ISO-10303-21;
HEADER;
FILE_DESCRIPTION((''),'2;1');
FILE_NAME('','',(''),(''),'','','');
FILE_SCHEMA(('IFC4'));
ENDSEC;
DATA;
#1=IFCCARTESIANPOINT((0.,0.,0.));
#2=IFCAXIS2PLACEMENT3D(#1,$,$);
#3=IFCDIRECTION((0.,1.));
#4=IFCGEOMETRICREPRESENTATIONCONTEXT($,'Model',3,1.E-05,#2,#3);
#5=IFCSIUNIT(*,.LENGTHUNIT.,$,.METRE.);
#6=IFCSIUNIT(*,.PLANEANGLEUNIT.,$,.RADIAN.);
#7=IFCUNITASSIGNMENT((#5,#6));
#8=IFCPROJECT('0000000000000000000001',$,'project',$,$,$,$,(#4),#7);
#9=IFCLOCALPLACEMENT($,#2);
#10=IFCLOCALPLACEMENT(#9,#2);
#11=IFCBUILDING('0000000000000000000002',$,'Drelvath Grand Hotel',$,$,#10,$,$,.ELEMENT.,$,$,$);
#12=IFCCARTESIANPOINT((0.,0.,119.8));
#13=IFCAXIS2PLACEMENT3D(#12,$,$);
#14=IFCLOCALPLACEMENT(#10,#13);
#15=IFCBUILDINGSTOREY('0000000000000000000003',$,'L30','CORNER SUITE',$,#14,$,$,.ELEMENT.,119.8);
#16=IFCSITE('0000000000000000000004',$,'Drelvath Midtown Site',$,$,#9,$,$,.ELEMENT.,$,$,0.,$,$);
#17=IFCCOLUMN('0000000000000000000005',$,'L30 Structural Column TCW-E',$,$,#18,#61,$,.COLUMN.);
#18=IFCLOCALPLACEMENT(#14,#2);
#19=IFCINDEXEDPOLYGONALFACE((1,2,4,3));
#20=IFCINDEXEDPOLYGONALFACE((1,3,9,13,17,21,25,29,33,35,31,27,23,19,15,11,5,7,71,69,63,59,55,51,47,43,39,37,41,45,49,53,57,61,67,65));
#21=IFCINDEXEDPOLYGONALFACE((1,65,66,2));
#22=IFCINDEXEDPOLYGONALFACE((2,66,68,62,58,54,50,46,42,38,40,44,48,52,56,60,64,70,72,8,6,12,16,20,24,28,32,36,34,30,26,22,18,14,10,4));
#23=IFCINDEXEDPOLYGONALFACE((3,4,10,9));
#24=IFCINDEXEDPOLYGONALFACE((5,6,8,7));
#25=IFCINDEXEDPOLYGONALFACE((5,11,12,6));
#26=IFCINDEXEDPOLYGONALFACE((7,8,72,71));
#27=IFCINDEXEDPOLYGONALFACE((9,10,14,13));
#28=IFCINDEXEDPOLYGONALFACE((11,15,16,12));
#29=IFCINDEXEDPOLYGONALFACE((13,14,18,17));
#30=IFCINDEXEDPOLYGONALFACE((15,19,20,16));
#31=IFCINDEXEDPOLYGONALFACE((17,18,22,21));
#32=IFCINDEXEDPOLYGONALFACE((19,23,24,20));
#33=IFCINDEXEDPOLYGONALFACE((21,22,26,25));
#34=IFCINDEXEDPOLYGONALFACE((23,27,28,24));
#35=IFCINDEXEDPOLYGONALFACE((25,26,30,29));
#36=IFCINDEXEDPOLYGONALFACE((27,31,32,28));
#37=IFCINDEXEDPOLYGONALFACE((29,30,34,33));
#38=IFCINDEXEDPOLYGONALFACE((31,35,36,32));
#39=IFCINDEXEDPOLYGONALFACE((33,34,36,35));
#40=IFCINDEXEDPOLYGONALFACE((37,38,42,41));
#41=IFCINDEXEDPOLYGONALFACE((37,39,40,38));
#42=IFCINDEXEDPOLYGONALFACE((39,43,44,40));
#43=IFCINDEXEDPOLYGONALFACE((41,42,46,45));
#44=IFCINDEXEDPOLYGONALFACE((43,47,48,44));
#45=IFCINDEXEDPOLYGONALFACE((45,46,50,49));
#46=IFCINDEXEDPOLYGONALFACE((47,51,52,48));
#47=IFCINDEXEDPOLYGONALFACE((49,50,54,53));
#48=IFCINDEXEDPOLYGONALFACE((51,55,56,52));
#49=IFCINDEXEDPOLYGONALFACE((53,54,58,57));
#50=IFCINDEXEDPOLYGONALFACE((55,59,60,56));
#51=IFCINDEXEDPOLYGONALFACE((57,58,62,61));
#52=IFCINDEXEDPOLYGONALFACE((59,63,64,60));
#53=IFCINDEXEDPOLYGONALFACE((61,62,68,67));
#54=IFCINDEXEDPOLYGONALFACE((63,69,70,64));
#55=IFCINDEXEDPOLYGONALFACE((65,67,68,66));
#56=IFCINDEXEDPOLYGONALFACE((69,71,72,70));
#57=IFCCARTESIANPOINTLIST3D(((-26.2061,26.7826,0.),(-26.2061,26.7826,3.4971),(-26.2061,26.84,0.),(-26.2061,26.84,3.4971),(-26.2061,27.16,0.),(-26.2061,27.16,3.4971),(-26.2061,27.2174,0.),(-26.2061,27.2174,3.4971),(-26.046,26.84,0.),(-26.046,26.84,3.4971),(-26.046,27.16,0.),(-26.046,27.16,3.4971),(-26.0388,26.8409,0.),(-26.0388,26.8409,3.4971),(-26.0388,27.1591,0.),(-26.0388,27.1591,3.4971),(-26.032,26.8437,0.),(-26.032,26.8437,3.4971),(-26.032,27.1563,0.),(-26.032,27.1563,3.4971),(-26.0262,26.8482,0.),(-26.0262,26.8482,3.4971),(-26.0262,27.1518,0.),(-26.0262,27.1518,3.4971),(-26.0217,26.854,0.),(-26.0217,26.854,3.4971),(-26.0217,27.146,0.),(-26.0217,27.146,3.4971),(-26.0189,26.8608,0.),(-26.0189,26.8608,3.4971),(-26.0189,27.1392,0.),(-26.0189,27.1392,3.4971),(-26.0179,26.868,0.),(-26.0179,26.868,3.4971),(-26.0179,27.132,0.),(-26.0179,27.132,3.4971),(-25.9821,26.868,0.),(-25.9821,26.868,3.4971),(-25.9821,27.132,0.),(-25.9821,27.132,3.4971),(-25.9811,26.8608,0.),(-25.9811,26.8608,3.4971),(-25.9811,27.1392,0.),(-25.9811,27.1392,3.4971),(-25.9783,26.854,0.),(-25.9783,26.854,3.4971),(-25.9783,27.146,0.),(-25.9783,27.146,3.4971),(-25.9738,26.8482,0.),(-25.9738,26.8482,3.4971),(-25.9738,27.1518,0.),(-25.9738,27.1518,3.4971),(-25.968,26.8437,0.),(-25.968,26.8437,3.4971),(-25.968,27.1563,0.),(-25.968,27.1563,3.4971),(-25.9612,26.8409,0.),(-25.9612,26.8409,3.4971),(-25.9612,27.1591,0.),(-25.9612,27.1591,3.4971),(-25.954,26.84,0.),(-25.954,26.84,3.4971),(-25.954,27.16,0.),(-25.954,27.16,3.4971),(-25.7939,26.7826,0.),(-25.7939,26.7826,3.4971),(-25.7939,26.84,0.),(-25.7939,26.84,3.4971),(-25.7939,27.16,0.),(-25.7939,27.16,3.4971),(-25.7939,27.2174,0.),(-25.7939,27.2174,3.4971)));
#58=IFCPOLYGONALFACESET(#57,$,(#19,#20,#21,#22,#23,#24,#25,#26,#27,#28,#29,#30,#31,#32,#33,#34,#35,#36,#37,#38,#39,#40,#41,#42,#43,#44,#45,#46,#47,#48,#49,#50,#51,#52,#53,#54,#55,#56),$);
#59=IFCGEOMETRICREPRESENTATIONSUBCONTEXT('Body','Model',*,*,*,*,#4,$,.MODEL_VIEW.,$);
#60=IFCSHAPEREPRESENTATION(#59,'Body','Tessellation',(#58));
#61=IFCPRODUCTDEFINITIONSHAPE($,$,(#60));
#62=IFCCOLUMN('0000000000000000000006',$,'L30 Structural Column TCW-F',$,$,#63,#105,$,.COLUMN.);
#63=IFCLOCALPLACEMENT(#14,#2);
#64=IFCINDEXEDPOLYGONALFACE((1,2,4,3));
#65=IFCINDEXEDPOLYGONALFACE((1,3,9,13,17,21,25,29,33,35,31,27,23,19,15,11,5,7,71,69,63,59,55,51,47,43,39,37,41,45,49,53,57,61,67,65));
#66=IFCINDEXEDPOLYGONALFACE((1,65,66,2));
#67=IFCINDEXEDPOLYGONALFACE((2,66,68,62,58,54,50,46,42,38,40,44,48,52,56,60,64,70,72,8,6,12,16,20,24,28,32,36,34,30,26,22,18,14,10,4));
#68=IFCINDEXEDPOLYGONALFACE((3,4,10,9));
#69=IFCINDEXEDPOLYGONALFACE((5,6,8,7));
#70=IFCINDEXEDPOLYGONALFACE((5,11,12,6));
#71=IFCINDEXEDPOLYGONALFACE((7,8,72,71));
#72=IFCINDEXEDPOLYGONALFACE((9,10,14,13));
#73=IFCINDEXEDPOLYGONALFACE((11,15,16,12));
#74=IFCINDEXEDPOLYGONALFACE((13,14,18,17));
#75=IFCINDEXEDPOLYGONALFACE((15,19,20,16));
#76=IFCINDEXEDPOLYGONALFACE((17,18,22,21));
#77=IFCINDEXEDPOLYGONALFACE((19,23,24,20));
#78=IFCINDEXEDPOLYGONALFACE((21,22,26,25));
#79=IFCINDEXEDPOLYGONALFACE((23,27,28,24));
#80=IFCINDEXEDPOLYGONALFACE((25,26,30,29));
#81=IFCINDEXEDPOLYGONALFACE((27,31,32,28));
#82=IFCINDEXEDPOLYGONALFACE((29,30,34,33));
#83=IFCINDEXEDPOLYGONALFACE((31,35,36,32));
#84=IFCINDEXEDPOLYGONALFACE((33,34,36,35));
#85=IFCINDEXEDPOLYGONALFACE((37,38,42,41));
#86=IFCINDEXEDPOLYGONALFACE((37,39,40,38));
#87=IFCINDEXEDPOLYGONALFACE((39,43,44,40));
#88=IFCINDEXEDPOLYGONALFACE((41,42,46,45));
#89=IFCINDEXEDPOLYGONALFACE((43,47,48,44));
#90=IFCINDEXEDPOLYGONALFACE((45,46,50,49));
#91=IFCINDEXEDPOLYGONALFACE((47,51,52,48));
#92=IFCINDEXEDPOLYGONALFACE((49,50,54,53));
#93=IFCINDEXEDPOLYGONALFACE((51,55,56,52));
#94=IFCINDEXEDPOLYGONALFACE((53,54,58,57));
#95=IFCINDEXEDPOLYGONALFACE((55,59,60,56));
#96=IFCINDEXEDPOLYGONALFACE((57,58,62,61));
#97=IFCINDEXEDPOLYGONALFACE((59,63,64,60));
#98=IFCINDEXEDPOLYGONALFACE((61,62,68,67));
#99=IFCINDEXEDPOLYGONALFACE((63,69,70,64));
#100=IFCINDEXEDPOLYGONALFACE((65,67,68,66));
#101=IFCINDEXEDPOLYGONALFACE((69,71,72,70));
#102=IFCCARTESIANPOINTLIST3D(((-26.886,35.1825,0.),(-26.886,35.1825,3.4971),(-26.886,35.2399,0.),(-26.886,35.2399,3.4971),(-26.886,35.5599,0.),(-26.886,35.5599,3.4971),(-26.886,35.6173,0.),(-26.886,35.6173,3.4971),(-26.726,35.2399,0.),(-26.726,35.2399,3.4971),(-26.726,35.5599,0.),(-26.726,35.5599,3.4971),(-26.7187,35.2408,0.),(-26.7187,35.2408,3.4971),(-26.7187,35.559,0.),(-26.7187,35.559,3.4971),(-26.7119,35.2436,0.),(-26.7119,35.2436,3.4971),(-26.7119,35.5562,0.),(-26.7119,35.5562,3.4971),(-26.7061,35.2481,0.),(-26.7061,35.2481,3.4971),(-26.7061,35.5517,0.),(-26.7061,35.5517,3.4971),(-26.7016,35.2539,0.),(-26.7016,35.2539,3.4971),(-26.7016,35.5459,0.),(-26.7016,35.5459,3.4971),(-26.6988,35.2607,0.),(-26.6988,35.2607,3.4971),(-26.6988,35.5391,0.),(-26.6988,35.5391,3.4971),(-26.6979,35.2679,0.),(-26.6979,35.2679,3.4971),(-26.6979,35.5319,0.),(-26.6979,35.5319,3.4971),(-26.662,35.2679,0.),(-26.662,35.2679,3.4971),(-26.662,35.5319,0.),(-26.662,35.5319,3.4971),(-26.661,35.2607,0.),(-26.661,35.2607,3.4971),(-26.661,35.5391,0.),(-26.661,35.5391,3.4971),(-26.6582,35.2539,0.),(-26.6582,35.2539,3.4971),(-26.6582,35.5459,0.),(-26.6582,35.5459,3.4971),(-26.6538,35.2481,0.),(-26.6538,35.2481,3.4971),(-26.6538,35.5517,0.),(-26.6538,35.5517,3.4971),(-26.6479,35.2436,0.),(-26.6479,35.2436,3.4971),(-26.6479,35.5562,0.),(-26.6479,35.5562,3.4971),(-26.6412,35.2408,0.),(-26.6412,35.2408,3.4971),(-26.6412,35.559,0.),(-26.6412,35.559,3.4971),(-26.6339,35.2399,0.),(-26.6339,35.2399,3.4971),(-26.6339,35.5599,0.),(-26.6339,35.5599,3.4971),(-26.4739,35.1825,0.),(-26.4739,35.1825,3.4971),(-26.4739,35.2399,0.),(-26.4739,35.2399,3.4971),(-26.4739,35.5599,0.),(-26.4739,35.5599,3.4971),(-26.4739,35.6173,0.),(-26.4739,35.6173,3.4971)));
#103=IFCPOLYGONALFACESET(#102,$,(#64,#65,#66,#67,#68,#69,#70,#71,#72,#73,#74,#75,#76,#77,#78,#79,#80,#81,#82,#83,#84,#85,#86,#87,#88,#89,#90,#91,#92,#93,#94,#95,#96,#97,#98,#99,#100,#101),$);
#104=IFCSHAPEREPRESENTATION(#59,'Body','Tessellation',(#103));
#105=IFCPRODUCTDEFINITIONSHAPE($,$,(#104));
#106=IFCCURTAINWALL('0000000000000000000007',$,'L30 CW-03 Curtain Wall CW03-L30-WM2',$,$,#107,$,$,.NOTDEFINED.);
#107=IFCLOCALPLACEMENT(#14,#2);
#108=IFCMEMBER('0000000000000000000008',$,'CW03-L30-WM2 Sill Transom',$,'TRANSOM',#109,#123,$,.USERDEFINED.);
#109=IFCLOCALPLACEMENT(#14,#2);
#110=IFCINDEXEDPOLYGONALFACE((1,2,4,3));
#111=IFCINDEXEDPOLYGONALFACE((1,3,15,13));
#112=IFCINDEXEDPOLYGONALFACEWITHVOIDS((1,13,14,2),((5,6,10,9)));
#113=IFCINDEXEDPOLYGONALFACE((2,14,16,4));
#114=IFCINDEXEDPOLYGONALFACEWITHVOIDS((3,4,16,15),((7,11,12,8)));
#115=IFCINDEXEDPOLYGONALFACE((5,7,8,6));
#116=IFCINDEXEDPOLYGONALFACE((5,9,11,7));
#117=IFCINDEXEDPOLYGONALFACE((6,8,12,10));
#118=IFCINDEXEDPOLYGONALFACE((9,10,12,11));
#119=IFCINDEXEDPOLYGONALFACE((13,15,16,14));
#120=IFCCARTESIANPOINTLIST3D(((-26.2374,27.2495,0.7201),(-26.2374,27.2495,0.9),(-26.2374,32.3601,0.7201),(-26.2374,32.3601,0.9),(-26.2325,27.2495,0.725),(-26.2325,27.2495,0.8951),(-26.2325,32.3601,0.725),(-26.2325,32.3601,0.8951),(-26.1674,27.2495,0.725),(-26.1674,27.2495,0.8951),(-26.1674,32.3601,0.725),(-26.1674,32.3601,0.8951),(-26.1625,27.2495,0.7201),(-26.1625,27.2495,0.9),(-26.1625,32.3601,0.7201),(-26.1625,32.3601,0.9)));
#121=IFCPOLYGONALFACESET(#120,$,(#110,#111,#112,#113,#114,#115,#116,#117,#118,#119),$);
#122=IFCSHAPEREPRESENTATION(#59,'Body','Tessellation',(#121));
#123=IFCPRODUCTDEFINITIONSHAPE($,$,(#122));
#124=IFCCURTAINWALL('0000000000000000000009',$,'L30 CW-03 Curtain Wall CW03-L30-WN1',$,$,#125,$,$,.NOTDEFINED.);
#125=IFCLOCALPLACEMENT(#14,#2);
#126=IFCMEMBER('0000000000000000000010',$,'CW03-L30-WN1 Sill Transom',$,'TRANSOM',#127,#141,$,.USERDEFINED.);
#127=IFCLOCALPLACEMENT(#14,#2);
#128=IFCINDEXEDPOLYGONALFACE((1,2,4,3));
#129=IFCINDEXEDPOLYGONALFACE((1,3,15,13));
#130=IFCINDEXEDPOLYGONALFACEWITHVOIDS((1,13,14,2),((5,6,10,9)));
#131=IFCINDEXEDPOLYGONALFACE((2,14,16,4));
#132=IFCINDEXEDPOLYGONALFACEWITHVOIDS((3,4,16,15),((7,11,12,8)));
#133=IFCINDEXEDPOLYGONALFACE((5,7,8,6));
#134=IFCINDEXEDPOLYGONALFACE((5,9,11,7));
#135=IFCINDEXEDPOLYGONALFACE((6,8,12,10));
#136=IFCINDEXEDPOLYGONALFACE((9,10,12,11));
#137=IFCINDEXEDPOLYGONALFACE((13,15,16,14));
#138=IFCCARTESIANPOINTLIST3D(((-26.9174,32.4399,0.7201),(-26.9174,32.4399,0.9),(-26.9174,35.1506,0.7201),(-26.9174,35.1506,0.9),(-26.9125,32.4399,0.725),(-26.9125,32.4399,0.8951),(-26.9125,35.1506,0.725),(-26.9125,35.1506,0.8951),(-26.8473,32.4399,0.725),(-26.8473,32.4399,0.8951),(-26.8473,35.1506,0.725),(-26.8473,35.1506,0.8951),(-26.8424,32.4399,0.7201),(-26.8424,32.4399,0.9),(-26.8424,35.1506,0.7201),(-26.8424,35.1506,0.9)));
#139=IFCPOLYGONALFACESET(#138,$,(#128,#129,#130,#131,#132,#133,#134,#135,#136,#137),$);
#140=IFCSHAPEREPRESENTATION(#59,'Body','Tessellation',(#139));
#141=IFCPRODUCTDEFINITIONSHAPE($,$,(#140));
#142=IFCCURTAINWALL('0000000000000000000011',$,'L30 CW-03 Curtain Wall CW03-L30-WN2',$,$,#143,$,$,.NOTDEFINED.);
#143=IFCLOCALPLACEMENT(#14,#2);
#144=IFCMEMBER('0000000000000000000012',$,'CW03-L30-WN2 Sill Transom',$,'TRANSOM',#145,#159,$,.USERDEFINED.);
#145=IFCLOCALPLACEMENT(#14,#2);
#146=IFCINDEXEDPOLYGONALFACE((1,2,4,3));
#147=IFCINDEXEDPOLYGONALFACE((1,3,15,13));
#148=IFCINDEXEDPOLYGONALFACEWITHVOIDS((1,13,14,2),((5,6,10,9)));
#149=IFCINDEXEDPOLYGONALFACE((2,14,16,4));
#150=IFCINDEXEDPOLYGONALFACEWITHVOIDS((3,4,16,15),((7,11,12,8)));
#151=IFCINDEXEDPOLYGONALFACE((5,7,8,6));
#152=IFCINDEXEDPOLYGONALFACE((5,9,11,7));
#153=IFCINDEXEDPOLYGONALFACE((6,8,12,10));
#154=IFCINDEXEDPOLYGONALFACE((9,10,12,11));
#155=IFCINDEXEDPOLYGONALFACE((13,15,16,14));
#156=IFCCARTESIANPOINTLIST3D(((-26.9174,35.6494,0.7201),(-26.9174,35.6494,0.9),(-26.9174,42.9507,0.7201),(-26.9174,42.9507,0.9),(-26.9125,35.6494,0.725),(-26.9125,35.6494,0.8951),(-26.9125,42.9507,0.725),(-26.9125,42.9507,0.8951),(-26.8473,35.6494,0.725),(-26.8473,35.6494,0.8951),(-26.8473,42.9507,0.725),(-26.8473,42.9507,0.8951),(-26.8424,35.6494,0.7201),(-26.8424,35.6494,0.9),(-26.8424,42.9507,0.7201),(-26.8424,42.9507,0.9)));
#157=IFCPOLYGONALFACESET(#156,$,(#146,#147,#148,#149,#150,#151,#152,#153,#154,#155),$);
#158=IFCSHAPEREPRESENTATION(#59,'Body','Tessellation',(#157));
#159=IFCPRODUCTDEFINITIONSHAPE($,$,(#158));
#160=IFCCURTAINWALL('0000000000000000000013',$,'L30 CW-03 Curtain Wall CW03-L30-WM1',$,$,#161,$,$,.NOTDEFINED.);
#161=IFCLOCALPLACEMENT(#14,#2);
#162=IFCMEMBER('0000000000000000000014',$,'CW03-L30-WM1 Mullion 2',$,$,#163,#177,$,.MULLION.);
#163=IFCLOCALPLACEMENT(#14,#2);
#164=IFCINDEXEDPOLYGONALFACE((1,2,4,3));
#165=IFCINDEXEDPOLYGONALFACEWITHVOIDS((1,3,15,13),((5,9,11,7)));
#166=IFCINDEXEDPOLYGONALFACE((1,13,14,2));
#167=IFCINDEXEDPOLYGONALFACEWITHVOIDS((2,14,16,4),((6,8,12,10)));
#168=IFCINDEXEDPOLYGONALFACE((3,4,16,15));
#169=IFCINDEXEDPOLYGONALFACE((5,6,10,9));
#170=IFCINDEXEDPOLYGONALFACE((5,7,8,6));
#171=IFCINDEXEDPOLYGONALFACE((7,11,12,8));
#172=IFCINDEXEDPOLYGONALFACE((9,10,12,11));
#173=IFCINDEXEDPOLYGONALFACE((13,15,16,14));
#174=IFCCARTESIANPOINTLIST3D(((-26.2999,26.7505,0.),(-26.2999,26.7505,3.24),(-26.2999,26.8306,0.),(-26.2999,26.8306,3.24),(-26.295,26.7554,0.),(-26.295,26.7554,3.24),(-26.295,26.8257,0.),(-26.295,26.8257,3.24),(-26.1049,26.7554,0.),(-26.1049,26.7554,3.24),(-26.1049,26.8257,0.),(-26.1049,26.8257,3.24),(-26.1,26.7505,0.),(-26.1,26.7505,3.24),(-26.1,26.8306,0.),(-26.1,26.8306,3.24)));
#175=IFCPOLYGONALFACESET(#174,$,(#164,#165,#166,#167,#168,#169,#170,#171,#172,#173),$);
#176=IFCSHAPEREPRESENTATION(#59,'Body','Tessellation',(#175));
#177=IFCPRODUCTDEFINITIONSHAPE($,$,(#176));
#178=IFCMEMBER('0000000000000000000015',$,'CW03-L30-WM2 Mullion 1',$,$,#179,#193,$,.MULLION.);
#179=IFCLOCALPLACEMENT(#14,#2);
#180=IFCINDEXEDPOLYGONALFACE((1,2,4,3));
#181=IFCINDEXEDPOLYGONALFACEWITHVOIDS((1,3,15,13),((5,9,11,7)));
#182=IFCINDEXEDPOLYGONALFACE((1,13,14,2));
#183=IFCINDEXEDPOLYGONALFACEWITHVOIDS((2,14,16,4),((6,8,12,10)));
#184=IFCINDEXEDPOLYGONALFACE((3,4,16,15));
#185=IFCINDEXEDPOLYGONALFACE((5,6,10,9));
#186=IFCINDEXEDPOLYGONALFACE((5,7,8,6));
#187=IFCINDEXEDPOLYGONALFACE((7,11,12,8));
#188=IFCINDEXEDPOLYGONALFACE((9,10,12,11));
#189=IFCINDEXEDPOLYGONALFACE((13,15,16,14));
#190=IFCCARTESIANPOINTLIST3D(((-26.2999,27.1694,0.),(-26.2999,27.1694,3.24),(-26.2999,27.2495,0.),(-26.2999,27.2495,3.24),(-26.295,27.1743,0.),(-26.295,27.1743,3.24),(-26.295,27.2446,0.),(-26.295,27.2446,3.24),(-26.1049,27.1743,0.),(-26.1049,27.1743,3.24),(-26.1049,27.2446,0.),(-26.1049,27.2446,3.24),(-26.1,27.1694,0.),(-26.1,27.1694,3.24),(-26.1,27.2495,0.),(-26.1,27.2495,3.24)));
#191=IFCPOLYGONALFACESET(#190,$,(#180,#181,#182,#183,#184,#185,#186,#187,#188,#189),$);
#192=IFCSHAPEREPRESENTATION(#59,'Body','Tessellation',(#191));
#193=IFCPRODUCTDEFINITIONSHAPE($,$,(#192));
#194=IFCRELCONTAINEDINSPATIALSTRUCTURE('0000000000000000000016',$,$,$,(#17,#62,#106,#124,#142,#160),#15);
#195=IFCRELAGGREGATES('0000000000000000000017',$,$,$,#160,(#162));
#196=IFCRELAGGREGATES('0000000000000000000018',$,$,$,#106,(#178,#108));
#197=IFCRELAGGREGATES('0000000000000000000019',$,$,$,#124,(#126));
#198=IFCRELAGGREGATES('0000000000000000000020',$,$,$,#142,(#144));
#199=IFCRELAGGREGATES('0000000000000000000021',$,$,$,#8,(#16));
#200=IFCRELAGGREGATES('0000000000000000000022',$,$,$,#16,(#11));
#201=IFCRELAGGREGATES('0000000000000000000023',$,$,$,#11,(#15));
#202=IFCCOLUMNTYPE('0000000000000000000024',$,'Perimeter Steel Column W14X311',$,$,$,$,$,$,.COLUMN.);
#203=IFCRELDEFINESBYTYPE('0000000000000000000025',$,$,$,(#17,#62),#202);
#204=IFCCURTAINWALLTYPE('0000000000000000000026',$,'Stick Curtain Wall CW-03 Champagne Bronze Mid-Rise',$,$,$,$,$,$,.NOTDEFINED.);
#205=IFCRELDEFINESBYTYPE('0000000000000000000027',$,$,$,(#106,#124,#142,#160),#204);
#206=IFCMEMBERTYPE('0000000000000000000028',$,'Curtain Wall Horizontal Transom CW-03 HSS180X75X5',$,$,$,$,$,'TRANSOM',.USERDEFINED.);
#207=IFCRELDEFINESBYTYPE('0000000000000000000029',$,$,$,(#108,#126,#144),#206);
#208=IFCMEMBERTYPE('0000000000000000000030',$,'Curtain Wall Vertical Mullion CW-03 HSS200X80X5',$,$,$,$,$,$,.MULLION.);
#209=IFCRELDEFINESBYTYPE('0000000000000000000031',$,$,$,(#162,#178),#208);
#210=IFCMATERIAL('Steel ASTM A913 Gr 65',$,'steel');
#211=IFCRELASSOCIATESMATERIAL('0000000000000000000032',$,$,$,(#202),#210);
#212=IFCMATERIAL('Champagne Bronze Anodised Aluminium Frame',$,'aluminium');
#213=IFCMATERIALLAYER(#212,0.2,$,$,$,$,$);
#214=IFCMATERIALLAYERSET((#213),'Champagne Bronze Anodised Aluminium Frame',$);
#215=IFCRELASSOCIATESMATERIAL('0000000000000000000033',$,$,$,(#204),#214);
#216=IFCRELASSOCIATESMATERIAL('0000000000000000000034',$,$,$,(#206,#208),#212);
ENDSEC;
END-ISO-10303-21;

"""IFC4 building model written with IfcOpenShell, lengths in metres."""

from ifc_helpers import new_model, si_unit, direction, frame, origin, origin_2d, place, context, subcontext, project, spatial, hollow_rectangle, i_section, extrude, material, layer, layer_set, material_profile, profile_set, type_object, element, aggregate, save


model = new_model("IFC4")

# Units and contexts
model_context = context("Model", 3, precision=1e-05, world=origin(), true_north=direction((0.0, 1.0)))
body_context = subcontext(model_context, "Body", "Model", "MODEL_VIEW")
ifc_project = project(units=[si_unit("LENGTHUNIT", "METRE"), si_unit("PLANEANGLEUNIT", "RADIAN")], contexts=[model_context])

# Site, building, storey
site_placement = place(None, origin())
site = spatial("IfcSite", under=ifc_project, at=site_placement, Name="Drelvath Midtown Site", CompositionType="ELEMENT", RefElevation=0.0)
building_placement = place(site_placement, origin())
building = spatial("IfcBuilding", under=site, at=building_placement, Name="Drelvath Grand Hotel", CompositionType="ELEMENT")
storey_placement = place(building_placement, frame((0.0, 0.0, 119.8)))
storey = spatial("IfcBuildingStorey", under=building, at=storey_placement, Name="L30", Description="CORNER SUITE", CompositionType="ELEMENT", Elevation=119.8)

# Columns
ifc_material_1 = material(Name="Steel ASTM A913 Gr 65", Category="steel")
ifc_material_profile_1 = material_profile(ifc_material_1, i_section(OverallWidth=0.4121, OverallDepth=0.4348, WebThickness=0.0359, FlangeThickness=0.0574, FilletRadius=0.0281, at=origin_2d()), Name="W14X311")
ifc_profile_set_1 = profile_set([ifc_material_profile_1], Name="Steel ASTM A913 Gr 65")
column_type = type_object("IfcColumnType", Name="Perimeter Steel Column W14X311", PredefinedType="COLUMN", material=ifc_profile_set_1)
for number, where, z_axis, x_axis, name in (
    (1, (-26.0, 27.0, 0.0), (0.0, 0.0, 1.0), (1.0, 0.0, 0.0), "L30 Structural Column TCW-E"),
    (2, (-26.6799, 35.3999, 0.0), (0.0, 0.0, 1.0), (1.0, 0.0, 0.0), "L30 Structural Column TCW-F"),
):
    element("IfcColumn", number, at=place(storey_placement, frame(where, z_axis=z_axis, x_axis=x_axis)), inside=storey, type_object=column_type, Name=name, PredefinedType="COLUMN", context=body_context, shape_type="SweptSolid", body=[
        extrude(i_section(OverallWidth=0.4121, OverallDepth=0.4348, WebThickness=0.0359, FlangeThickness=0.0574, FilletRadius=0.0281, at=origin_2d()), origin(), (0.0, 0.0, 1.0), 3.4971),
    ])

# Curtain walls, members
ifc_material_2 = material(Name="Champagne Bronze Anodised Aluminium Frame", Category="aluminium")
ifc_layer_1 = layer(ifc_material_2, 0.2)
ifc_layer_set_1 = layer_set([ifc_layer_1], Name="Champagne Bronze Anodised Aluminium Frame")
curtain_wall_type = type_object("IfcCurtainWallType", Name="Stick Curtain Wall CW-03 Champagne Bronze Mid-Rise", PredefinedType="NOTDEFINED", material=ifc_layer_set_1)
curtain_wall_1_placement = place(storey_placement, origin())
curtain_wall_1 = element("IfcCurtainWall", 3, at=curtain_wall_1_placement, inside=storey, type_object=curtain_wall_type, Name="L30 CW-03 Curtain Wall CW03-L30-WM2", PredefinedType="NOTDEFINED")
ifc_material_profile_2 = material_profile(ifc_material_2, hollow_rectangle(XDim=0.075, YDim=0.1799, WallThickness=0.0049, at=origin_2d()), Name="HSS180X75X5")
ifc_profile_set_2 = profile_set([ifc_material_profile_2], Name="Champagne Bronze Anodised Aluminium Frame")
member_type_1 = type_object("IfcMemberType", Name="Curtain Wall Horizontal Transom CW-03 HSS180X75X5", ElementType="TRANSOM", PredefinedType="USERDEFINED", material=ifc_profile_set_2)
member_1_placement = place(storey_placement, frame((-26.2, 27.2495, 0.8101), z_axis=(0.0, 1.0, 0.0), x_axis=(-1.0, 0.0, 0.0)))
member_1 = element("IfcMember", 4, at=member_1_placement, type_object=member_type_1, Name="CW03-L30-WM2 Sill Transom", ObjectType="TRANSOM", PredefinedType="USERDEFINED", context=body_context, shape_type="SweptSolid", body=[
    extrude(hollow_rectangle(XDim=0.075, YDim=0.1799, WallThickness=0.0049, at=origin_2d()), origin(), (0.0, 0.0, 1.0), 5.1106),
])
curtain_wall_2_placement = place(storey_placement, origin())
curtain_wall_2 = element("IfcCurtainWall", 5, at=curtain_wall_2_placement, inside=storey, type_object=curtain_wall_type, Name="L30 CW-03 Curtain Wall CW03-L30-WN1", PredefinedType="NOTDEFINED")
member_2_placement = place(storey_placement, frame((-26.8799, 32.4399, 0.8101), z_axis=(0.0, 1.0, 0.0), x_axis=(-1.0, 0.0, 0.0)))
member_2 = element("IfcMember", 6, at=member_2_placement, type_object=member_type_1, Name="CW03-L30-WN1 Sill Transom", ObjectType="TRANSOM", PredefinedType="USERDEFINED", context=body_context, shape_type="SweptSolid", body=[
    extrude(hollow_rectangle(XDim=0.075, YDim=0.1799, WallThickness=0.0049, at=origin_2d()), origin(), (0.0, 0.0, 1.0), 2.7107),
])
curtain_wall_3_placement = place(storey_placement, origin())
curtain_wall_3 = element("IfcCurtainWall", 7, at=curtain_wall_3_placement, inside=storey, type_object=curtain_wall_type, Name="L30 CW-03 Curtain Wall CW03-L30-WN2", PredefinedType="NOTDEFINED")
member_3_placement = place(storey_placement, frame((-26.8799, 35.6494, 0.8101), z_axis=(0.0, 1.0, 0.0), x_axis=(-1.0, 0.0, 0.0)))
member_3 = element("IfcMember", 8, at=member_3_placement, type_object=member_type_1, Name="CW03-L30-WN2 Sill Transom", ObjectType="TRANSOM", PredefinedType="USERDEFINED", context=body_context, shape_type="SweptSolid", body=[
    extrude(hollow_rectangle(XDim=0.075, YDim=0.1799, WallThickness=0.0049, at=origin_2d()), origin(), (0.0, 0.0, 1.0), 7.3013),
])
curtain_wall_4_placement = place(storey_placement, origin())
curtain_wall_4 = element("IfcCurtainWall", 9, at=curtain_wall_4_placement, inside=storey, type_object=curtain_wall_type, Name="L30 CW-03 Curtain Wall CW03-L30-WM1", PredefinedType="NOTDEFINED")
ifc_material_profile_3 = material_profile(ifc_material_2, hollow_rectangle(XDim=0.0801, YDim=0.2, WallThickness=0.0049, at=origin_2d()), Name="HSS200X80X5")
ifc_profile_set_3 = profile_set([ifc_material_profile_3], Name="Champagne Bronze Anodised Aluminium Frame")
member_type_2 = type_object("IfcMemberType", Name="Curtain Wall Vertical Mullion CW-03 HSS200X80X5", PredefinedType="MULLION", material=ifc_profile_set_3)
member_4_placement = place(storey_placement, frame((-26.2, 26.7905, 0.0), z_axis=(0.0, 0.0, 1.0), x_axis=(0.0, 1.0, 0.0)))
member_4 = element("IfcMember", 10, at=member_4_placement, type_object=member_type_2, Name="CW03-L30-WM1 Mullion 2", PredefinedType="MULLION", context=body_context, shape_type="SweptSolid", body=[
    extrude(hollow_rectangle(XDim=0.0801, YDim=0.2, WallThickness=0.0049, at=origin_2d()), origin(), (0.0, 0.0, 1.0), 3.24),
])
aggregate(curtain_wall_4, [member_4])

# Member
member_5_placement = place(storey_placement, frame((-26.2, 27.2095, 0.0), z_axis=(0.0, 0.0, 1.0), x_axis=(0.0, 1.0, 0.0)))
member_5 = element("IfcMember", 11, at=member_5_placement, type_object=member_type_2, Name="CW03-L30-WM2 Mullion 1", PredefinedType="MULLION", context=body_context, shape_type="SweptSolid", body=[
    extrude(hollow_rectangle(XDim=0.0801, YDim=0.2, WallThickness=0.0049, at=origin_2d()), origin(), (0.0, 0.0, 1.0), 3.24),
])

aggregate(curtain_wall_1, [member_5, member_1])
aggregate(curtain_wall_2, [member_2])
aggregate(curtain_wall_3, [member_3])

save(model, "model.ifc")
